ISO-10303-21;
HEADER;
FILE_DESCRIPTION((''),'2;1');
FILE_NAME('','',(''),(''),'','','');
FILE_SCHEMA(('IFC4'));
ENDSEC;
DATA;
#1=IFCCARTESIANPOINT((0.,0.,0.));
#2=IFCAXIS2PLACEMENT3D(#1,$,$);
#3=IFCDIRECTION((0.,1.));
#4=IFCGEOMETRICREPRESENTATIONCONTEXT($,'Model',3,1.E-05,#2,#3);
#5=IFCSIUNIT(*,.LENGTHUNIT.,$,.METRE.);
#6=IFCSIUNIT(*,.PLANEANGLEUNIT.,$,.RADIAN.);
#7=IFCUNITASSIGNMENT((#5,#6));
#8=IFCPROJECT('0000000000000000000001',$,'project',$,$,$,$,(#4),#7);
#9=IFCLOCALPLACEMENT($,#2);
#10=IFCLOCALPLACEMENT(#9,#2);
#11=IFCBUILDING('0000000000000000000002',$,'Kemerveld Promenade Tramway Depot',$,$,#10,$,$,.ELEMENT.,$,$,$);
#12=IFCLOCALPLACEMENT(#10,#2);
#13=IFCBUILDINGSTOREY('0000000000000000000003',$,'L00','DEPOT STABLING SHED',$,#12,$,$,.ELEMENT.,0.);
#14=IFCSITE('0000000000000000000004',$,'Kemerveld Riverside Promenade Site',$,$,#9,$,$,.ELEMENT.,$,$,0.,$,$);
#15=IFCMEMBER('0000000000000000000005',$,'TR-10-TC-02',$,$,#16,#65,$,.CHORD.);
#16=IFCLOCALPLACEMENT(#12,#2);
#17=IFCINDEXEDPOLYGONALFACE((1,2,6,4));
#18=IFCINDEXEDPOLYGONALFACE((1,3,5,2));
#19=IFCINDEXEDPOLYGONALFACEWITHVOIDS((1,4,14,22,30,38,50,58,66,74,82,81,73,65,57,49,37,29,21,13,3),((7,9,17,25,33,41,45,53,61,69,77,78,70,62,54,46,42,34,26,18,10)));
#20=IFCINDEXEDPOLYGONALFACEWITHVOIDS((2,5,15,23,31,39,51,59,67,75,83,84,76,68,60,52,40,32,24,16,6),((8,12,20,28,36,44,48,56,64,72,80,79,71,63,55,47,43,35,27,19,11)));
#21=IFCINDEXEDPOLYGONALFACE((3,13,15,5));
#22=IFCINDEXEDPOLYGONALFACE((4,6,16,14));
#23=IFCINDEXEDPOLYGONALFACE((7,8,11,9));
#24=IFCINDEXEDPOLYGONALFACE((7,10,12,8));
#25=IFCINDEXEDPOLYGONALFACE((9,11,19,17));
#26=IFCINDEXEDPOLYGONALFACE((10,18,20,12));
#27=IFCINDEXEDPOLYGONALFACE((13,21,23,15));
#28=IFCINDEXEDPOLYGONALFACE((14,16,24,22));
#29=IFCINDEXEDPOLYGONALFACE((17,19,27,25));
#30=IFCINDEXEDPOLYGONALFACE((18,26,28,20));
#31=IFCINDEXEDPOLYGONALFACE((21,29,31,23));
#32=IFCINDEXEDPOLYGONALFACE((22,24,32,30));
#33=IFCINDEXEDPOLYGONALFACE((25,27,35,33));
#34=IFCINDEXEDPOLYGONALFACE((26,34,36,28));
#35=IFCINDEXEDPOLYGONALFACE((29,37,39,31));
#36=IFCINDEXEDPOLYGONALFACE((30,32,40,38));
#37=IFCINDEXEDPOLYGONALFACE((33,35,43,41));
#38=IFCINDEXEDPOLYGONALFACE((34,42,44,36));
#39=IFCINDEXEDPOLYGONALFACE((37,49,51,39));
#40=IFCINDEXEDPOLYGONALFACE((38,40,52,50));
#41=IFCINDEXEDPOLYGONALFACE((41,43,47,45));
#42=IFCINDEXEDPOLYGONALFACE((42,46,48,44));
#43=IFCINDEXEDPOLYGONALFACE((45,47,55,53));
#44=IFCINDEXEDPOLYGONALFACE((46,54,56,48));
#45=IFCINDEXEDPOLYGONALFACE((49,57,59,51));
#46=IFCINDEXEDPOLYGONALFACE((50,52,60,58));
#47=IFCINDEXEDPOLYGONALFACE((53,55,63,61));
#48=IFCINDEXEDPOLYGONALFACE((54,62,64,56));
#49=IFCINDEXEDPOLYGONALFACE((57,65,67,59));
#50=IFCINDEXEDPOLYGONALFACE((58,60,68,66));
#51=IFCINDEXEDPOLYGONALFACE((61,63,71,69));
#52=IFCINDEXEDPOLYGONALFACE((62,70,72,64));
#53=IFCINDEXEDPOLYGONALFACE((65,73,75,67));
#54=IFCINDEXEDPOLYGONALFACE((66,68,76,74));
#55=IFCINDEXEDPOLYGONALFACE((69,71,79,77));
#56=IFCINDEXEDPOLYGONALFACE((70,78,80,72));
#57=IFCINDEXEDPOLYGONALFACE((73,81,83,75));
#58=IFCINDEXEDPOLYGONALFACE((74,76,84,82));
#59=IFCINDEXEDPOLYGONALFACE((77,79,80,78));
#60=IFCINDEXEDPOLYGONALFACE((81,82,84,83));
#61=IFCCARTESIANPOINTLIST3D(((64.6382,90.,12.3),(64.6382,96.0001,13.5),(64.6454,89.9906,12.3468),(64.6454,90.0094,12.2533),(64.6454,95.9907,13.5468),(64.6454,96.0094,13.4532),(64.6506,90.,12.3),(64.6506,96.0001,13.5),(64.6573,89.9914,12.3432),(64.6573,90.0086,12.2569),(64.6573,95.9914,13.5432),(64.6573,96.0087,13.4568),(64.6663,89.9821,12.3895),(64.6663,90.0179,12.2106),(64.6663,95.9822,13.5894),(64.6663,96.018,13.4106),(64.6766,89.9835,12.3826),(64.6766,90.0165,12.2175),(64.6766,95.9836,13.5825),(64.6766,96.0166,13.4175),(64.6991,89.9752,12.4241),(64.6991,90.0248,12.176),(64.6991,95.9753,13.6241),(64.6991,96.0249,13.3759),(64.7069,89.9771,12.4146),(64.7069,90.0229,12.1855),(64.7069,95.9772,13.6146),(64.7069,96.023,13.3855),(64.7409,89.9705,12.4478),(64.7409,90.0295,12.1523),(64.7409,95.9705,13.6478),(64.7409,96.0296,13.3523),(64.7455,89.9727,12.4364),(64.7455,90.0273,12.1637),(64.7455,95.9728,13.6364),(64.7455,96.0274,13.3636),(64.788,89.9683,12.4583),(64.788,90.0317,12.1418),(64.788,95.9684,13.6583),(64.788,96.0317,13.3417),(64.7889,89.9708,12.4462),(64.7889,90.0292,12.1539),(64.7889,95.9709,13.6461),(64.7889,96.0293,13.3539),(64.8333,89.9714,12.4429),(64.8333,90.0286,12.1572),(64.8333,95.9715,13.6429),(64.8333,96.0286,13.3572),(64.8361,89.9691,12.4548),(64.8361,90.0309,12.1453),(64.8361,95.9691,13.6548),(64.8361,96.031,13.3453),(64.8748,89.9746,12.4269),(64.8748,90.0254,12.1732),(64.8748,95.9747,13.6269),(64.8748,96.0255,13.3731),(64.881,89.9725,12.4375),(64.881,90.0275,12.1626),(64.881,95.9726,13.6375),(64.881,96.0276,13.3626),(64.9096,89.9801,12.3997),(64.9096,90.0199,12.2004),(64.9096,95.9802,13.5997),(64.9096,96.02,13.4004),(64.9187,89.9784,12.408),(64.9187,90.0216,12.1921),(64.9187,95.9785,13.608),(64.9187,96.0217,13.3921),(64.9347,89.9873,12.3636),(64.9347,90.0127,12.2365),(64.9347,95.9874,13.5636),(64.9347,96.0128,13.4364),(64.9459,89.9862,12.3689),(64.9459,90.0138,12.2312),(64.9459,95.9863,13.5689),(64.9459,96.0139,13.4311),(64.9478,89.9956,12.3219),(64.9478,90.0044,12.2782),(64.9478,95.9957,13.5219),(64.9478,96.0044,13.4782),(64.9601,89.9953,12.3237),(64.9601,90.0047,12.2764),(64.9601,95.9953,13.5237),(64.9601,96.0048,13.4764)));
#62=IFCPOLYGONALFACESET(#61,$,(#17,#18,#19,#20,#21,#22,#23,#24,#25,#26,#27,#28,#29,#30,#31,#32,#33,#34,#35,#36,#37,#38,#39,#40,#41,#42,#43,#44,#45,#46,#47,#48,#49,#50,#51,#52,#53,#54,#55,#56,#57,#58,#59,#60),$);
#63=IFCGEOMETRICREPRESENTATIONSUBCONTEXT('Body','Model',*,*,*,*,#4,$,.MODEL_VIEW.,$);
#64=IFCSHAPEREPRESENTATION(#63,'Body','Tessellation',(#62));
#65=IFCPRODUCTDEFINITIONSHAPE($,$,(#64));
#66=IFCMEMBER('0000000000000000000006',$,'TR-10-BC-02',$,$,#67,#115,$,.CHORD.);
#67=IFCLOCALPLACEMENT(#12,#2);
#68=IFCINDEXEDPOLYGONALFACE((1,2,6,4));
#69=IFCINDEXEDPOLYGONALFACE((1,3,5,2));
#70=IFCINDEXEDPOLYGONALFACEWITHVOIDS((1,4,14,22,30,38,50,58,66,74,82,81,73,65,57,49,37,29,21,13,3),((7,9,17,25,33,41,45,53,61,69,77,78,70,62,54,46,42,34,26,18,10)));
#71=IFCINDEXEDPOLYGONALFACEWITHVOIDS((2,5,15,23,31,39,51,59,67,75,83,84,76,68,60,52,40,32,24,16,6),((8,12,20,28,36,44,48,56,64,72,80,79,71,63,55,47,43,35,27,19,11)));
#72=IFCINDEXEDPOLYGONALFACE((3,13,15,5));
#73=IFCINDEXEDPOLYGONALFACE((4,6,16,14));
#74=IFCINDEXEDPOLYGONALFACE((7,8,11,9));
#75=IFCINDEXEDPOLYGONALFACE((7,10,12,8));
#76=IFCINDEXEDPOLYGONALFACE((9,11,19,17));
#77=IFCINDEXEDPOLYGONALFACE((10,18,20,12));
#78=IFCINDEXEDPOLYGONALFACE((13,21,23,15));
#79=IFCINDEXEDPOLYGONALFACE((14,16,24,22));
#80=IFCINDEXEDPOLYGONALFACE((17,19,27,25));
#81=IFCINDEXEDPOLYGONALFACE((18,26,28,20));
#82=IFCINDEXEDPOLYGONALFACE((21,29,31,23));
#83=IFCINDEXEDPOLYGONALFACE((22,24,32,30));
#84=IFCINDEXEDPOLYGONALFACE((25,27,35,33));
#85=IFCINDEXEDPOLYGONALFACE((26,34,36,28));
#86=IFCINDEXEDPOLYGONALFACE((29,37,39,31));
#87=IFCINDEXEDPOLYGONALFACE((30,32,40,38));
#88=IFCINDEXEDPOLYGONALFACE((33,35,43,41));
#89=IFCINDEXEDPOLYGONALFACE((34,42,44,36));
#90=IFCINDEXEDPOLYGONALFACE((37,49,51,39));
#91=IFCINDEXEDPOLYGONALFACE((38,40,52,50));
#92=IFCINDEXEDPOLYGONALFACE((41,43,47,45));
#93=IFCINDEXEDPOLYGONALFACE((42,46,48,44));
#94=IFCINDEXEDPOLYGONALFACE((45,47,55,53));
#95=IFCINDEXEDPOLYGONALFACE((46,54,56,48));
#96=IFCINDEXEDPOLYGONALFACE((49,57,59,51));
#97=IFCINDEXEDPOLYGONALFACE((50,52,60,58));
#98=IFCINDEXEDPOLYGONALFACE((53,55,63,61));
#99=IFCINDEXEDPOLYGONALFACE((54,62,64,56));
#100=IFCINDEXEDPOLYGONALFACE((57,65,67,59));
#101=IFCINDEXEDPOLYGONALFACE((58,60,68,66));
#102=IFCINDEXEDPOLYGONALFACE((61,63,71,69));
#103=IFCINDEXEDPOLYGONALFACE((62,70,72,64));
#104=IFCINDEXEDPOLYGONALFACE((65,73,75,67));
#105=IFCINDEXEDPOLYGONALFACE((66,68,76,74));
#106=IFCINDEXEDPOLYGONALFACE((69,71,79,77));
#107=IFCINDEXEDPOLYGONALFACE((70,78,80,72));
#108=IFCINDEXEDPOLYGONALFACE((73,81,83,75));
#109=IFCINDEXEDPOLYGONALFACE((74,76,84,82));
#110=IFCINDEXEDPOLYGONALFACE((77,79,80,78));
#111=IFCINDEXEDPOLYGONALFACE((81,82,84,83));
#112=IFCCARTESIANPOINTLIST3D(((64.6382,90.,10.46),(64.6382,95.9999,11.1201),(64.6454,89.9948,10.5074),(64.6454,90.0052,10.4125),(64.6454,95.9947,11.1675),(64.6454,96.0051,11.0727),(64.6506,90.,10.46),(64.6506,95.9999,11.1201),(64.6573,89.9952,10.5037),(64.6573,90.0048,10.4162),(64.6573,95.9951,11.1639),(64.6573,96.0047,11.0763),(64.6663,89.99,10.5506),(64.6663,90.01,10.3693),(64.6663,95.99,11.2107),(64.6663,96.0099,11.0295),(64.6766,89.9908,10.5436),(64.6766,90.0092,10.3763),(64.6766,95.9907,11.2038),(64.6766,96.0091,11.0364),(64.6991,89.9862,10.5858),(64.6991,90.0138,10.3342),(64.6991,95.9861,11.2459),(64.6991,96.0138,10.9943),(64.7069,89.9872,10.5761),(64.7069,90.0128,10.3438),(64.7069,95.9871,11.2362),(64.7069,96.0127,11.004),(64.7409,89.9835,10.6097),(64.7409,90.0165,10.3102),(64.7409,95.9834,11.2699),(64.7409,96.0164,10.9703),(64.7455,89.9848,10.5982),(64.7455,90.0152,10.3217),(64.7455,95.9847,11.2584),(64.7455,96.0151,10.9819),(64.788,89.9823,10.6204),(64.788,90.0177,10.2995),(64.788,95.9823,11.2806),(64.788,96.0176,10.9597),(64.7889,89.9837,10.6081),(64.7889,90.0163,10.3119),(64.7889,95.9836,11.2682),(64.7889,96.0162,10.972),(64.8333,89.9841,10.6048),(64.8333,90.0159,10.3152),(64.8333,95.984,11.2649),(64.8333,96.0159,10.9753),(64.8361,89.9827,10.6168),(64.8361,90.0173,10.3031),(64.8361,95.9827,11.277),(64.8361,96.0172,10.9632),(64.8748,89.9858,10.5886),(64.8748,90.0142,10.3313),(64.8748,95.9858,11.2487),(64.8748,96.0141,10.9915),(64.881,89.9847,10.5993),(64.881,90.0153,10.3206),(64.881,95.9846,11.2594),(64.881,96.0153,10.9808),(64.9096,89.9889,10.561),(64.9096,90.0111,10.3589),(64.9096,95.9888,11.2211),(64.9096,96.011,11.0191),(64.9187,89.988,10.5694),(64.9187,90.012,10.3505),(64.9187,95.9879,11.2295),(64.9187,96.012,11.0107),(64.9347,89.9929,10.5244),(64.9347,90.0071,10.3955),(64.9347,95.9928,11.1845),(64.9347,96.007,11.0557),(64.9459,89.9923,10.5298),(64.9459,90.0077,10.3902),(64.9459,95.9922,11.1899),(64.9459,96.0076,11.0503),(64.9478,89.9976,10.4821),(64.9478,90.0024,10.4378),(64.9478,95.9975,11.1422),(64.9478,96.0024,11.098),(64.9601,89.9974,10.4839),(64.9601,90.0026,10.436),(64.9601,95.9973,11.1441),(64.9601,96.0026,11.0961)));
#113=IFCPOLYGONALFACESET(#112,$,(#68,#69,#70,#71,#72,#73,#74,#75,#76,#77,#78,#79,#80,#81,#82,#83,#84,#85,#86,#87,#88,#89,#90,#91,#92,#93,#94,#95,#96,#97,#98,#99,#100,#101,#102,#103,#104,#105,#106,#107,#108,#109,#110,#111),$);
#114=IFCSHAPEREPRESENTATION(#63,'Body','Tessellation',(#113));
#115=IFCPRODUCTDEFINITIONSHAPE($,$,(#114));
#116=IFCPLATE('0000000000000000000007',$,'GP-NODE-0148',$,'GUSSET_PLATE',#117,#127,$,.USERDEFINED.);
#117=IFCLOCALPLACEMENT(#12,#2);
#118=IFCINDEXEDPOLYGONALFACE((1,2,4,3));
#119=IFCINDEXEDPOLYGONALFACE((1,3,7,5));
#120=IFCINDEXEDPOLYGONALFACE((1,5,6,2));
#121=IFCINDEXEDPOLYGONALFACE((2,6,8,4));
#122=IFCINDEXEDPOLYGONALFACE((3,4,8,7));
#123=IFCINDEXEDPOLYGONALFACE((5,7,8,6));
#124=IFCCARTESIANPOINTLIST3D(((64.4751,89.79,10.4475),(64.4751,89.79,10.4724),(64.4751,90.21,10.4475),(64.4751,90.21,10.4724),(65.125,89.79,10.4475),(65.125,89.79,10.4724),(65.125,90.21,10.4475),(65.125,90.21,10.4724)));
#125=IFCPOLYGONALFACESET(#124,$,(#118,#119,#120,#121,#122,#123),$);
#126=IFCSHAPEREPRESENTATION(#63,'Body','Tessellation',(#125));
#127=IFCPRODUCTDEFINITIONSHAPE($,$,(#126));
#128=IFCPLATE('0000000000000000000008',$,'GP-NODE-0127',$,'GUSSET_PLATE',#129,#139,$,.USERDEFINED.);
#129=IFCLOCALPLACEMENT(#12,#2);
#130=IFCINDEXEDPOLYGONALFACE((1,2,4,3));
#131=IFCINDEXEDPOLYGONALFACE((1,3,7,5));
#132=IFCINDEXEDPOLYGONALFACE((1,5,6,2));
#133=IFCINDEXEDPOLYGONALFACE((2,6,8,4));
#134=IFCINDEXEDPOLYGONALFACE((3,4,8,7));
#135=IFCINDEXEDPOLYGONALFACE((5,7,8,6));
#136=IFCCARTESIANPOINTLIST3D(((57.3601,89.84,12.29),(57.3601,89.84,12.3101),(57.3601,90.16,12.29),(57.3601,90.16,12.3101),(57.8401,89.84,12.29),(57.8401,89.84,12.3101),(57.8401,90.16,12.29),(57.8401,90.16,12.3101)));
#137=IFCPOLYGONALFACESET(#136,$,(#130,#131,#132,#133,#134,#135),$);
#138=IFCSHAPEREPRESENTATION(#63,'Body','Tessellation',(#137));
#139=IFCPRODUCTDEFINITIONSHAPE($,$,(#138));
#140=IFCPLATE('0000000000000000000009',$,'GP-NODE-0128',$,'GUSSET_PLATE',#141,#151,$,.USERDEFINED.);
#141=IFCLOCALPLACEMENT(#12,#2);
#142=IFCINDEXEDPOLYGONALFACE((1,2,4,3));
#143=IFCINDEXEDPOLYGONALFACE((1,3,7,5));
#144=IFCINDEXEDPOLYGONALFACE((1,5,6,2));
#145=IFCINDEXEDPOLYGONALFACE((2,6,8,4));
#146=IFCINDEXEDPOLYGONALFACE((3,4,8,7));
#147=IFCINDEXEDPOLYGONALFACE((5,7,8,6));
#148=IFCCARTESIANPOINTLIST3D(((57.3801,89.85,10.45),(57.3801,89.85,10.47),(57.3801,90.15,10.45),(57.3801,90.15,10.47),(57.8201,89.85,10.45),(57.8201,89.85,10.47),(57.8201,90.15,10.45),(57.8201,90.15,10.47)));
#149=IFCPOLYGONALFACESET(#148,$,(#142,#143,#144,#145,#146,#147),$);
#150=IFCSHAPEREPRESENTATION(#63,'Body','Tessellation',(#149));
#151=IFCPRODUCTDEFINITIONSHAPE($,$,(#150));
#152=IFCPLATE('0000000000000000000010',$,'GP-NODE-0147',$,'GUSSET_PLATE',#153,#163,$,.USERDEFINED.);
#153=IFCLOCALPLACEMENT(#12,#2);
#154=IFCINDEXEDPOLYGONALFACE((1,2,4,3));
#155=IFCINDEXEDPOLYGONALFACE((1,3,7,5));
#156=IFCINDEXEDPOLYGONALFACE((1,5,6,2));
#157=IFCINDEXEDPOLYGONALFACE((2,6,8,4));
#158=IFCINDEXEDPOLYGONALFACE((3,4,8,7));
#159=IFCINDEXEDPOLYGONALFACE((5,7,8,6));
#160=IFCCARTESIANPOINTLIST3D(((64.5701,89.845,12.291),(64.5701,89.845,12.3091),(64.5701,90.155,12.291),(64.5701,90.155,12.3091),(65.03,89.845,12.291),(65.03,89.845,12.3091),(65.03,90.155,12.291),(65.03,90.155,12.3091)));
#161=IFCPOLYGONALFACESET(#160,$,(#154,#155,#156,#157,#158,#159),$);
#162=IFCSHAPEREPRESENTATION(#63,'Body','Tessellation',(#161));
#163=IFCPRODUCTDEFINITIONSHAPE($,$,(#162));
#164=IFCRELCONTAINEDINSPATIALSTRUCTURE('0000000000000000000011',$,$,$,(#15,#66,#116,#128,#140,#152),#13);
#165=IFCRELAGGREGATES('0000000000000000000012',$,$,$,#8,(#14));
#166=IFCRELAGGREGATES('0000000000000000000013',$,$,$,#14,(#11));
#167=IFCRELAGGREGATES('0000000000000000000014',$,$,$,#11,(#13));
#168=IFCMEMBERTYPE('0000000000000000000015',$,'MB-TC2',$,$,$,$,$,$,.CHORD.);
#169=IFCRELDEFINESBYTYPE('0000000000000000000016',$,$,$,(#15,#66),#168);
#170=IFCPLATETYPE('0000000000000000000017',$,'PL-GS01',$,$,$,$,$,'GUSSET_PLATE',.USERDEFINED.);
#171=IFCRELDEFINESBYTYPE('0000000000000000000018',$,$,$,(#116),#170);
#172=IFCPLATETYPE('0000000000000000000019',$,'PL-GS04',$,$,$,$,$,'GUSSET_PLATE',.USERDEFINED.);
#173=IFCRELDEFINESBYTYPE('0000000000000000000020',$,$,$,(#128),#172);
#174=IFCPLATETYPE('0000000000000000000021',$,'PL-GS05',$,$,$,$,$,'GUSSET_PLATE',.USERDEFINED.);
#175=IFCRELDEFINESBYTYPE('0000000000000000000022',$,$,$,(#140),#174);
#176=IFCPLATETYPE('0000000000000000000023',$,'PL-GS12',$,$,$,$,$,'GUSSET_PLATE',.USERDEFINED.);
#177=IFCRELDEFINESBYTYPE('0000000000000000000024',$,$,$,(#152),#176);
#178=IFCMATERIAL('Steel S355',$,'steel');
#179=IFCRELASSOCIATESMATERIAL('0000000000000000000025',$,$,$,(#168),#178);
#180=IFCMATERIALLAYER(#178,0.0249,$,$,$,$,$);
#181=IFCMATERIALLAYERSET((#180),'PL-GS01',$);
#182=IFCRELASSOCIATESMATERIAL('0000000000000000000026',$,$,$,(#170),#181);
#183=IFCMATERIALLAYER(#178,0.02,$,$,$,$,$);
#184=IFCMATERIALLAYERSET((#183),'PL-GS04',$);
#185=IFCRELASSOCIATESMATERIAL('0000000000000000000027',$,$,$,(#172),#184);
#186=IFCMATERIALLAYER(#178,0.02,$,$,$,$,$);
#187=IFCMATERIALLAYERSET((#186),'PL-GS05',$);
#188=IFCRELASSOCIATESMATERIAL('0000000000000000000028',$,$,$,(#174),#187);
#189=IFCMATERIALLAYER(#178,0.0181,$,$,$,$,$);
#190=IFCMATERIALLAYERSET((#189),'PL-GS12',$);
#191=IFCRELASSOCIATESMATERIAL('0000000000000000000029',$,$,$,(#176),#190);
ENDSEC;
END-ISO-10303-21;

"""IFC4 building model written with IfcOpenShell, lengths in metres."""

from ifc_helpers import new_model, si_unit, direction, frame, origin, origin_2d, place, context, subcontext, project, spatial, rectangle, hollow_circle, extrude, material, layer, layer_set, material_profile, profile_set, type_object, element, save


model = new_model("IFC4")

# Units and contexts
model_context = context("Model", 3, precision=1e-05, world=origin(), true_north=direction((0.0, 1.0)))
body_context = subcontext(model_context, "Body", "Model", "MODEL_VIEW")
ifc_project = project(units=[si_unit("LENGTHUNIT", "METRE"), si_unit("PLANEANGLEUNIT", "RADIAN")], contexts=[model_context])

# Site, building, storey
site_placement = place(None, origin())
site = spatial("IfcSite", under=ifc_project, at=site_placement, Name="Kemerveld Riverside Promenade Site", CompositionType="ELEMENT", RefElevation=0.0)
building_placement = place(site_placement, origin())
building = spatial("IfcBuilding", under=site, at=building_placement, Name="Kemerveld Promenade Tramway Depot", CompositionType="ELEMENT")
storey_placement = place(building_placement, origin())
storey = spatial("IfcBuildingStorey", under=building, at=storey_placement, Name="L00", Description="DEPOT STABLING SHED", CompositionType="ELEMENT", Elevation=0.0)

# Members
ifc_material_1 = material(Name="Steel S355", Category="steel")
ifc_material_profile_1 = material_profile(ifc_material_1, hollow_circle(Radius=0.1619, WallThickness=0.0125, at=origin_2d()), Name="323.9x12.5 CHS")
ifc_profile_set_1 = profile_set([ifc_material_profile_1], Name="Steel S355")
member_type_1 = type_object("IfcMemberType", Name="MB-TC2", PredefinedType="CHORD", material=ifc_profile_set_1)
member_1_placement = place(storey_placement, frame((64.8, 90.0, 12.3), z_axis=(0.0, 0.980582, 0.196108), x_axis=(-1.0, 0.0, 0.0)))
element("IfcMember", 1, at=member_1_placement, inside=storey, type_object=member_type_1, Name="TR-10-TC-02", PredefinedType="CHORD", context=body_context, shape_type="SweptSolid", body=[
    extrude(hollow_circle(Radius=0.1619, WallThickness=0.0125, at=origin_2d()), origin(), (0.0, 0.0, 1.0), 6.1189),
])
member_2_placement = place(storey_placement, frame((64.8, 90.0, 10.46), z_axis=(0.0, 0.994002, 0.109366), x_axis=(-1.0, 0.0, 0.0)))
element("IfcMember", 2, at=member_2_placement, inside=storey, type_object=member_type_1, Name="TR-10-BC-02", PredefinedType="CHORD", context=body_context, shape_type="SweptSolid", body=[
    extrude(hollow_circle(Radius=0.1619, WallThickness=0.0125, at=origin_2d()), origin(), (0.0, 0.0, 1.0), 6.0361),
])

# Plates
ifc_layer_1 = layer(ifc_material_1, 0.0249)
ifc_layer_set_1 = layer_set([ifc_layer_1], Name="PL-GS01")
plate_type_1 = type_object("IfcPlateType", Name="PL-GS01", ElementType="GUSSET_PLATE", PredefinedType="USERDEFINED", material=ifc_layer_set_1)
plate_1_placement = place(storey_placement, frame((64.8, 90.0, 10.4475), z_axis=(0.0, 0.0, 1.0), x_axis=(1.0, 0.0, 0.0)))
element("IfcPlate", 3, at=plate_1_placement, inside=storey, type_object=plate_type_1, Name="GP-NODE-0148", ObjectType="GUSSET_PLATE", PredefinedType="USERDEFINED", context=body_context, shape_type="SweptSolid", body=[
    extrude(rectangle(XDim=0.6499, YDim=0.4199, at=origin_2d()), origin(), (0.0, 0.0, 1.0), 0.0249),
])
ifc_layer_2 = layer(ifc_material_1, 0.02)
ifc_layer_set_2 = layer_set([ifc_layer_2], Name="PL-GS04")
plate_type_2 = type_object("IfcPlateType", Name="PL-GS04", ElementType="GUSSET_PLATE", PredefinedType="USERDEFINED", material=ifc_layer_set_2)
plate_2_placement = place(storey_placement, frame((57.6001, 90.0, 12.29), z_axis=(0.0, 0.0, 1.0), x_axis=(1.0, 0.0, 0.0)))
element("IfcPlate", 4, at=plate_2_placement, inside=storey, type_object=plate_type_2, Name="GP-NODE-0127", ObjectType="GUSSET_PLATE", PredefinedType="USERDEFINED", context=body_context, shape_type="SweptSolid", body=[
    extrude(rectangle(XDim=0.48, YDim=0.3201, at=origin_2d()), origin(), (0.0, 0.0, 1.0), 0.02),
])
ifc_layer_3 = layer(ifc_material_1, 0.02)
ifc_layer_set_3 = layer_set([ifc_layer_3], Name="PL-GS05")
plate_type_3 = type_object("IfcPlateType", Name="PL-GS05", ElementType="GUSSET_PLATE", PredefinedType="USERDEFINED", material=ifc_layer_set_3)
plate_3_placement = place(storey_placement, frame((57.6001, 90.0, 10.45), z_axis=(0.0, 0.0, 1.0), x_axis=(1.0, 0.0, 0.0)))
element("IfcPlate", 5, at=plate_3_placement, inside=storey, type_object=plate_type_3, Name="GP-NODE-0128", ObjectType="GUSSET_PLATE", PredefinedType="USERDEFINED", context=body_context, shape_type="SweptSolid", body=[
    extrude(rectangle(XDim=0.4399, YDim=0.3, at=origin_2d()), origin(), (0.0, 0.0, 1.0), 0.02),
])
ifc_layer_4 = layer(ifc_material_1, 0.0181)
ifc_layer_set_4 = layer_set([ifc_layer_4], Name="PL-GS12")
plate_type_4 = type_object("IfcPlateType", Name="PL-GS12", ElementType="GUSSET_PLATE", PredefinedType="USERDEFINED", material=ifc_layer_set_4)
plate_4_placement = place(storey_placement, frame((64.8, 90.0, 12.291), z_axis=(0.0, 0.0, 1.0), x_axis=(1.0, 0.0, 0.0)))
element("IfcPlate", 6, at=plate_4_placement, inside=storey, type_object=plate_type_4, Name="GP-NODE-0147", ObjectType="GUSSET_PLATE", PredefinedType="USERDEFINED", context=body_context, shape_type="SweptSolid", body=[
    extrude(rectangle(XDim=0.46, YDim=0.3101, at=origin_2d()), origin(), (0.0, 0.0, 1.0), 0.0181),
])

save(model, "model.ifc")
